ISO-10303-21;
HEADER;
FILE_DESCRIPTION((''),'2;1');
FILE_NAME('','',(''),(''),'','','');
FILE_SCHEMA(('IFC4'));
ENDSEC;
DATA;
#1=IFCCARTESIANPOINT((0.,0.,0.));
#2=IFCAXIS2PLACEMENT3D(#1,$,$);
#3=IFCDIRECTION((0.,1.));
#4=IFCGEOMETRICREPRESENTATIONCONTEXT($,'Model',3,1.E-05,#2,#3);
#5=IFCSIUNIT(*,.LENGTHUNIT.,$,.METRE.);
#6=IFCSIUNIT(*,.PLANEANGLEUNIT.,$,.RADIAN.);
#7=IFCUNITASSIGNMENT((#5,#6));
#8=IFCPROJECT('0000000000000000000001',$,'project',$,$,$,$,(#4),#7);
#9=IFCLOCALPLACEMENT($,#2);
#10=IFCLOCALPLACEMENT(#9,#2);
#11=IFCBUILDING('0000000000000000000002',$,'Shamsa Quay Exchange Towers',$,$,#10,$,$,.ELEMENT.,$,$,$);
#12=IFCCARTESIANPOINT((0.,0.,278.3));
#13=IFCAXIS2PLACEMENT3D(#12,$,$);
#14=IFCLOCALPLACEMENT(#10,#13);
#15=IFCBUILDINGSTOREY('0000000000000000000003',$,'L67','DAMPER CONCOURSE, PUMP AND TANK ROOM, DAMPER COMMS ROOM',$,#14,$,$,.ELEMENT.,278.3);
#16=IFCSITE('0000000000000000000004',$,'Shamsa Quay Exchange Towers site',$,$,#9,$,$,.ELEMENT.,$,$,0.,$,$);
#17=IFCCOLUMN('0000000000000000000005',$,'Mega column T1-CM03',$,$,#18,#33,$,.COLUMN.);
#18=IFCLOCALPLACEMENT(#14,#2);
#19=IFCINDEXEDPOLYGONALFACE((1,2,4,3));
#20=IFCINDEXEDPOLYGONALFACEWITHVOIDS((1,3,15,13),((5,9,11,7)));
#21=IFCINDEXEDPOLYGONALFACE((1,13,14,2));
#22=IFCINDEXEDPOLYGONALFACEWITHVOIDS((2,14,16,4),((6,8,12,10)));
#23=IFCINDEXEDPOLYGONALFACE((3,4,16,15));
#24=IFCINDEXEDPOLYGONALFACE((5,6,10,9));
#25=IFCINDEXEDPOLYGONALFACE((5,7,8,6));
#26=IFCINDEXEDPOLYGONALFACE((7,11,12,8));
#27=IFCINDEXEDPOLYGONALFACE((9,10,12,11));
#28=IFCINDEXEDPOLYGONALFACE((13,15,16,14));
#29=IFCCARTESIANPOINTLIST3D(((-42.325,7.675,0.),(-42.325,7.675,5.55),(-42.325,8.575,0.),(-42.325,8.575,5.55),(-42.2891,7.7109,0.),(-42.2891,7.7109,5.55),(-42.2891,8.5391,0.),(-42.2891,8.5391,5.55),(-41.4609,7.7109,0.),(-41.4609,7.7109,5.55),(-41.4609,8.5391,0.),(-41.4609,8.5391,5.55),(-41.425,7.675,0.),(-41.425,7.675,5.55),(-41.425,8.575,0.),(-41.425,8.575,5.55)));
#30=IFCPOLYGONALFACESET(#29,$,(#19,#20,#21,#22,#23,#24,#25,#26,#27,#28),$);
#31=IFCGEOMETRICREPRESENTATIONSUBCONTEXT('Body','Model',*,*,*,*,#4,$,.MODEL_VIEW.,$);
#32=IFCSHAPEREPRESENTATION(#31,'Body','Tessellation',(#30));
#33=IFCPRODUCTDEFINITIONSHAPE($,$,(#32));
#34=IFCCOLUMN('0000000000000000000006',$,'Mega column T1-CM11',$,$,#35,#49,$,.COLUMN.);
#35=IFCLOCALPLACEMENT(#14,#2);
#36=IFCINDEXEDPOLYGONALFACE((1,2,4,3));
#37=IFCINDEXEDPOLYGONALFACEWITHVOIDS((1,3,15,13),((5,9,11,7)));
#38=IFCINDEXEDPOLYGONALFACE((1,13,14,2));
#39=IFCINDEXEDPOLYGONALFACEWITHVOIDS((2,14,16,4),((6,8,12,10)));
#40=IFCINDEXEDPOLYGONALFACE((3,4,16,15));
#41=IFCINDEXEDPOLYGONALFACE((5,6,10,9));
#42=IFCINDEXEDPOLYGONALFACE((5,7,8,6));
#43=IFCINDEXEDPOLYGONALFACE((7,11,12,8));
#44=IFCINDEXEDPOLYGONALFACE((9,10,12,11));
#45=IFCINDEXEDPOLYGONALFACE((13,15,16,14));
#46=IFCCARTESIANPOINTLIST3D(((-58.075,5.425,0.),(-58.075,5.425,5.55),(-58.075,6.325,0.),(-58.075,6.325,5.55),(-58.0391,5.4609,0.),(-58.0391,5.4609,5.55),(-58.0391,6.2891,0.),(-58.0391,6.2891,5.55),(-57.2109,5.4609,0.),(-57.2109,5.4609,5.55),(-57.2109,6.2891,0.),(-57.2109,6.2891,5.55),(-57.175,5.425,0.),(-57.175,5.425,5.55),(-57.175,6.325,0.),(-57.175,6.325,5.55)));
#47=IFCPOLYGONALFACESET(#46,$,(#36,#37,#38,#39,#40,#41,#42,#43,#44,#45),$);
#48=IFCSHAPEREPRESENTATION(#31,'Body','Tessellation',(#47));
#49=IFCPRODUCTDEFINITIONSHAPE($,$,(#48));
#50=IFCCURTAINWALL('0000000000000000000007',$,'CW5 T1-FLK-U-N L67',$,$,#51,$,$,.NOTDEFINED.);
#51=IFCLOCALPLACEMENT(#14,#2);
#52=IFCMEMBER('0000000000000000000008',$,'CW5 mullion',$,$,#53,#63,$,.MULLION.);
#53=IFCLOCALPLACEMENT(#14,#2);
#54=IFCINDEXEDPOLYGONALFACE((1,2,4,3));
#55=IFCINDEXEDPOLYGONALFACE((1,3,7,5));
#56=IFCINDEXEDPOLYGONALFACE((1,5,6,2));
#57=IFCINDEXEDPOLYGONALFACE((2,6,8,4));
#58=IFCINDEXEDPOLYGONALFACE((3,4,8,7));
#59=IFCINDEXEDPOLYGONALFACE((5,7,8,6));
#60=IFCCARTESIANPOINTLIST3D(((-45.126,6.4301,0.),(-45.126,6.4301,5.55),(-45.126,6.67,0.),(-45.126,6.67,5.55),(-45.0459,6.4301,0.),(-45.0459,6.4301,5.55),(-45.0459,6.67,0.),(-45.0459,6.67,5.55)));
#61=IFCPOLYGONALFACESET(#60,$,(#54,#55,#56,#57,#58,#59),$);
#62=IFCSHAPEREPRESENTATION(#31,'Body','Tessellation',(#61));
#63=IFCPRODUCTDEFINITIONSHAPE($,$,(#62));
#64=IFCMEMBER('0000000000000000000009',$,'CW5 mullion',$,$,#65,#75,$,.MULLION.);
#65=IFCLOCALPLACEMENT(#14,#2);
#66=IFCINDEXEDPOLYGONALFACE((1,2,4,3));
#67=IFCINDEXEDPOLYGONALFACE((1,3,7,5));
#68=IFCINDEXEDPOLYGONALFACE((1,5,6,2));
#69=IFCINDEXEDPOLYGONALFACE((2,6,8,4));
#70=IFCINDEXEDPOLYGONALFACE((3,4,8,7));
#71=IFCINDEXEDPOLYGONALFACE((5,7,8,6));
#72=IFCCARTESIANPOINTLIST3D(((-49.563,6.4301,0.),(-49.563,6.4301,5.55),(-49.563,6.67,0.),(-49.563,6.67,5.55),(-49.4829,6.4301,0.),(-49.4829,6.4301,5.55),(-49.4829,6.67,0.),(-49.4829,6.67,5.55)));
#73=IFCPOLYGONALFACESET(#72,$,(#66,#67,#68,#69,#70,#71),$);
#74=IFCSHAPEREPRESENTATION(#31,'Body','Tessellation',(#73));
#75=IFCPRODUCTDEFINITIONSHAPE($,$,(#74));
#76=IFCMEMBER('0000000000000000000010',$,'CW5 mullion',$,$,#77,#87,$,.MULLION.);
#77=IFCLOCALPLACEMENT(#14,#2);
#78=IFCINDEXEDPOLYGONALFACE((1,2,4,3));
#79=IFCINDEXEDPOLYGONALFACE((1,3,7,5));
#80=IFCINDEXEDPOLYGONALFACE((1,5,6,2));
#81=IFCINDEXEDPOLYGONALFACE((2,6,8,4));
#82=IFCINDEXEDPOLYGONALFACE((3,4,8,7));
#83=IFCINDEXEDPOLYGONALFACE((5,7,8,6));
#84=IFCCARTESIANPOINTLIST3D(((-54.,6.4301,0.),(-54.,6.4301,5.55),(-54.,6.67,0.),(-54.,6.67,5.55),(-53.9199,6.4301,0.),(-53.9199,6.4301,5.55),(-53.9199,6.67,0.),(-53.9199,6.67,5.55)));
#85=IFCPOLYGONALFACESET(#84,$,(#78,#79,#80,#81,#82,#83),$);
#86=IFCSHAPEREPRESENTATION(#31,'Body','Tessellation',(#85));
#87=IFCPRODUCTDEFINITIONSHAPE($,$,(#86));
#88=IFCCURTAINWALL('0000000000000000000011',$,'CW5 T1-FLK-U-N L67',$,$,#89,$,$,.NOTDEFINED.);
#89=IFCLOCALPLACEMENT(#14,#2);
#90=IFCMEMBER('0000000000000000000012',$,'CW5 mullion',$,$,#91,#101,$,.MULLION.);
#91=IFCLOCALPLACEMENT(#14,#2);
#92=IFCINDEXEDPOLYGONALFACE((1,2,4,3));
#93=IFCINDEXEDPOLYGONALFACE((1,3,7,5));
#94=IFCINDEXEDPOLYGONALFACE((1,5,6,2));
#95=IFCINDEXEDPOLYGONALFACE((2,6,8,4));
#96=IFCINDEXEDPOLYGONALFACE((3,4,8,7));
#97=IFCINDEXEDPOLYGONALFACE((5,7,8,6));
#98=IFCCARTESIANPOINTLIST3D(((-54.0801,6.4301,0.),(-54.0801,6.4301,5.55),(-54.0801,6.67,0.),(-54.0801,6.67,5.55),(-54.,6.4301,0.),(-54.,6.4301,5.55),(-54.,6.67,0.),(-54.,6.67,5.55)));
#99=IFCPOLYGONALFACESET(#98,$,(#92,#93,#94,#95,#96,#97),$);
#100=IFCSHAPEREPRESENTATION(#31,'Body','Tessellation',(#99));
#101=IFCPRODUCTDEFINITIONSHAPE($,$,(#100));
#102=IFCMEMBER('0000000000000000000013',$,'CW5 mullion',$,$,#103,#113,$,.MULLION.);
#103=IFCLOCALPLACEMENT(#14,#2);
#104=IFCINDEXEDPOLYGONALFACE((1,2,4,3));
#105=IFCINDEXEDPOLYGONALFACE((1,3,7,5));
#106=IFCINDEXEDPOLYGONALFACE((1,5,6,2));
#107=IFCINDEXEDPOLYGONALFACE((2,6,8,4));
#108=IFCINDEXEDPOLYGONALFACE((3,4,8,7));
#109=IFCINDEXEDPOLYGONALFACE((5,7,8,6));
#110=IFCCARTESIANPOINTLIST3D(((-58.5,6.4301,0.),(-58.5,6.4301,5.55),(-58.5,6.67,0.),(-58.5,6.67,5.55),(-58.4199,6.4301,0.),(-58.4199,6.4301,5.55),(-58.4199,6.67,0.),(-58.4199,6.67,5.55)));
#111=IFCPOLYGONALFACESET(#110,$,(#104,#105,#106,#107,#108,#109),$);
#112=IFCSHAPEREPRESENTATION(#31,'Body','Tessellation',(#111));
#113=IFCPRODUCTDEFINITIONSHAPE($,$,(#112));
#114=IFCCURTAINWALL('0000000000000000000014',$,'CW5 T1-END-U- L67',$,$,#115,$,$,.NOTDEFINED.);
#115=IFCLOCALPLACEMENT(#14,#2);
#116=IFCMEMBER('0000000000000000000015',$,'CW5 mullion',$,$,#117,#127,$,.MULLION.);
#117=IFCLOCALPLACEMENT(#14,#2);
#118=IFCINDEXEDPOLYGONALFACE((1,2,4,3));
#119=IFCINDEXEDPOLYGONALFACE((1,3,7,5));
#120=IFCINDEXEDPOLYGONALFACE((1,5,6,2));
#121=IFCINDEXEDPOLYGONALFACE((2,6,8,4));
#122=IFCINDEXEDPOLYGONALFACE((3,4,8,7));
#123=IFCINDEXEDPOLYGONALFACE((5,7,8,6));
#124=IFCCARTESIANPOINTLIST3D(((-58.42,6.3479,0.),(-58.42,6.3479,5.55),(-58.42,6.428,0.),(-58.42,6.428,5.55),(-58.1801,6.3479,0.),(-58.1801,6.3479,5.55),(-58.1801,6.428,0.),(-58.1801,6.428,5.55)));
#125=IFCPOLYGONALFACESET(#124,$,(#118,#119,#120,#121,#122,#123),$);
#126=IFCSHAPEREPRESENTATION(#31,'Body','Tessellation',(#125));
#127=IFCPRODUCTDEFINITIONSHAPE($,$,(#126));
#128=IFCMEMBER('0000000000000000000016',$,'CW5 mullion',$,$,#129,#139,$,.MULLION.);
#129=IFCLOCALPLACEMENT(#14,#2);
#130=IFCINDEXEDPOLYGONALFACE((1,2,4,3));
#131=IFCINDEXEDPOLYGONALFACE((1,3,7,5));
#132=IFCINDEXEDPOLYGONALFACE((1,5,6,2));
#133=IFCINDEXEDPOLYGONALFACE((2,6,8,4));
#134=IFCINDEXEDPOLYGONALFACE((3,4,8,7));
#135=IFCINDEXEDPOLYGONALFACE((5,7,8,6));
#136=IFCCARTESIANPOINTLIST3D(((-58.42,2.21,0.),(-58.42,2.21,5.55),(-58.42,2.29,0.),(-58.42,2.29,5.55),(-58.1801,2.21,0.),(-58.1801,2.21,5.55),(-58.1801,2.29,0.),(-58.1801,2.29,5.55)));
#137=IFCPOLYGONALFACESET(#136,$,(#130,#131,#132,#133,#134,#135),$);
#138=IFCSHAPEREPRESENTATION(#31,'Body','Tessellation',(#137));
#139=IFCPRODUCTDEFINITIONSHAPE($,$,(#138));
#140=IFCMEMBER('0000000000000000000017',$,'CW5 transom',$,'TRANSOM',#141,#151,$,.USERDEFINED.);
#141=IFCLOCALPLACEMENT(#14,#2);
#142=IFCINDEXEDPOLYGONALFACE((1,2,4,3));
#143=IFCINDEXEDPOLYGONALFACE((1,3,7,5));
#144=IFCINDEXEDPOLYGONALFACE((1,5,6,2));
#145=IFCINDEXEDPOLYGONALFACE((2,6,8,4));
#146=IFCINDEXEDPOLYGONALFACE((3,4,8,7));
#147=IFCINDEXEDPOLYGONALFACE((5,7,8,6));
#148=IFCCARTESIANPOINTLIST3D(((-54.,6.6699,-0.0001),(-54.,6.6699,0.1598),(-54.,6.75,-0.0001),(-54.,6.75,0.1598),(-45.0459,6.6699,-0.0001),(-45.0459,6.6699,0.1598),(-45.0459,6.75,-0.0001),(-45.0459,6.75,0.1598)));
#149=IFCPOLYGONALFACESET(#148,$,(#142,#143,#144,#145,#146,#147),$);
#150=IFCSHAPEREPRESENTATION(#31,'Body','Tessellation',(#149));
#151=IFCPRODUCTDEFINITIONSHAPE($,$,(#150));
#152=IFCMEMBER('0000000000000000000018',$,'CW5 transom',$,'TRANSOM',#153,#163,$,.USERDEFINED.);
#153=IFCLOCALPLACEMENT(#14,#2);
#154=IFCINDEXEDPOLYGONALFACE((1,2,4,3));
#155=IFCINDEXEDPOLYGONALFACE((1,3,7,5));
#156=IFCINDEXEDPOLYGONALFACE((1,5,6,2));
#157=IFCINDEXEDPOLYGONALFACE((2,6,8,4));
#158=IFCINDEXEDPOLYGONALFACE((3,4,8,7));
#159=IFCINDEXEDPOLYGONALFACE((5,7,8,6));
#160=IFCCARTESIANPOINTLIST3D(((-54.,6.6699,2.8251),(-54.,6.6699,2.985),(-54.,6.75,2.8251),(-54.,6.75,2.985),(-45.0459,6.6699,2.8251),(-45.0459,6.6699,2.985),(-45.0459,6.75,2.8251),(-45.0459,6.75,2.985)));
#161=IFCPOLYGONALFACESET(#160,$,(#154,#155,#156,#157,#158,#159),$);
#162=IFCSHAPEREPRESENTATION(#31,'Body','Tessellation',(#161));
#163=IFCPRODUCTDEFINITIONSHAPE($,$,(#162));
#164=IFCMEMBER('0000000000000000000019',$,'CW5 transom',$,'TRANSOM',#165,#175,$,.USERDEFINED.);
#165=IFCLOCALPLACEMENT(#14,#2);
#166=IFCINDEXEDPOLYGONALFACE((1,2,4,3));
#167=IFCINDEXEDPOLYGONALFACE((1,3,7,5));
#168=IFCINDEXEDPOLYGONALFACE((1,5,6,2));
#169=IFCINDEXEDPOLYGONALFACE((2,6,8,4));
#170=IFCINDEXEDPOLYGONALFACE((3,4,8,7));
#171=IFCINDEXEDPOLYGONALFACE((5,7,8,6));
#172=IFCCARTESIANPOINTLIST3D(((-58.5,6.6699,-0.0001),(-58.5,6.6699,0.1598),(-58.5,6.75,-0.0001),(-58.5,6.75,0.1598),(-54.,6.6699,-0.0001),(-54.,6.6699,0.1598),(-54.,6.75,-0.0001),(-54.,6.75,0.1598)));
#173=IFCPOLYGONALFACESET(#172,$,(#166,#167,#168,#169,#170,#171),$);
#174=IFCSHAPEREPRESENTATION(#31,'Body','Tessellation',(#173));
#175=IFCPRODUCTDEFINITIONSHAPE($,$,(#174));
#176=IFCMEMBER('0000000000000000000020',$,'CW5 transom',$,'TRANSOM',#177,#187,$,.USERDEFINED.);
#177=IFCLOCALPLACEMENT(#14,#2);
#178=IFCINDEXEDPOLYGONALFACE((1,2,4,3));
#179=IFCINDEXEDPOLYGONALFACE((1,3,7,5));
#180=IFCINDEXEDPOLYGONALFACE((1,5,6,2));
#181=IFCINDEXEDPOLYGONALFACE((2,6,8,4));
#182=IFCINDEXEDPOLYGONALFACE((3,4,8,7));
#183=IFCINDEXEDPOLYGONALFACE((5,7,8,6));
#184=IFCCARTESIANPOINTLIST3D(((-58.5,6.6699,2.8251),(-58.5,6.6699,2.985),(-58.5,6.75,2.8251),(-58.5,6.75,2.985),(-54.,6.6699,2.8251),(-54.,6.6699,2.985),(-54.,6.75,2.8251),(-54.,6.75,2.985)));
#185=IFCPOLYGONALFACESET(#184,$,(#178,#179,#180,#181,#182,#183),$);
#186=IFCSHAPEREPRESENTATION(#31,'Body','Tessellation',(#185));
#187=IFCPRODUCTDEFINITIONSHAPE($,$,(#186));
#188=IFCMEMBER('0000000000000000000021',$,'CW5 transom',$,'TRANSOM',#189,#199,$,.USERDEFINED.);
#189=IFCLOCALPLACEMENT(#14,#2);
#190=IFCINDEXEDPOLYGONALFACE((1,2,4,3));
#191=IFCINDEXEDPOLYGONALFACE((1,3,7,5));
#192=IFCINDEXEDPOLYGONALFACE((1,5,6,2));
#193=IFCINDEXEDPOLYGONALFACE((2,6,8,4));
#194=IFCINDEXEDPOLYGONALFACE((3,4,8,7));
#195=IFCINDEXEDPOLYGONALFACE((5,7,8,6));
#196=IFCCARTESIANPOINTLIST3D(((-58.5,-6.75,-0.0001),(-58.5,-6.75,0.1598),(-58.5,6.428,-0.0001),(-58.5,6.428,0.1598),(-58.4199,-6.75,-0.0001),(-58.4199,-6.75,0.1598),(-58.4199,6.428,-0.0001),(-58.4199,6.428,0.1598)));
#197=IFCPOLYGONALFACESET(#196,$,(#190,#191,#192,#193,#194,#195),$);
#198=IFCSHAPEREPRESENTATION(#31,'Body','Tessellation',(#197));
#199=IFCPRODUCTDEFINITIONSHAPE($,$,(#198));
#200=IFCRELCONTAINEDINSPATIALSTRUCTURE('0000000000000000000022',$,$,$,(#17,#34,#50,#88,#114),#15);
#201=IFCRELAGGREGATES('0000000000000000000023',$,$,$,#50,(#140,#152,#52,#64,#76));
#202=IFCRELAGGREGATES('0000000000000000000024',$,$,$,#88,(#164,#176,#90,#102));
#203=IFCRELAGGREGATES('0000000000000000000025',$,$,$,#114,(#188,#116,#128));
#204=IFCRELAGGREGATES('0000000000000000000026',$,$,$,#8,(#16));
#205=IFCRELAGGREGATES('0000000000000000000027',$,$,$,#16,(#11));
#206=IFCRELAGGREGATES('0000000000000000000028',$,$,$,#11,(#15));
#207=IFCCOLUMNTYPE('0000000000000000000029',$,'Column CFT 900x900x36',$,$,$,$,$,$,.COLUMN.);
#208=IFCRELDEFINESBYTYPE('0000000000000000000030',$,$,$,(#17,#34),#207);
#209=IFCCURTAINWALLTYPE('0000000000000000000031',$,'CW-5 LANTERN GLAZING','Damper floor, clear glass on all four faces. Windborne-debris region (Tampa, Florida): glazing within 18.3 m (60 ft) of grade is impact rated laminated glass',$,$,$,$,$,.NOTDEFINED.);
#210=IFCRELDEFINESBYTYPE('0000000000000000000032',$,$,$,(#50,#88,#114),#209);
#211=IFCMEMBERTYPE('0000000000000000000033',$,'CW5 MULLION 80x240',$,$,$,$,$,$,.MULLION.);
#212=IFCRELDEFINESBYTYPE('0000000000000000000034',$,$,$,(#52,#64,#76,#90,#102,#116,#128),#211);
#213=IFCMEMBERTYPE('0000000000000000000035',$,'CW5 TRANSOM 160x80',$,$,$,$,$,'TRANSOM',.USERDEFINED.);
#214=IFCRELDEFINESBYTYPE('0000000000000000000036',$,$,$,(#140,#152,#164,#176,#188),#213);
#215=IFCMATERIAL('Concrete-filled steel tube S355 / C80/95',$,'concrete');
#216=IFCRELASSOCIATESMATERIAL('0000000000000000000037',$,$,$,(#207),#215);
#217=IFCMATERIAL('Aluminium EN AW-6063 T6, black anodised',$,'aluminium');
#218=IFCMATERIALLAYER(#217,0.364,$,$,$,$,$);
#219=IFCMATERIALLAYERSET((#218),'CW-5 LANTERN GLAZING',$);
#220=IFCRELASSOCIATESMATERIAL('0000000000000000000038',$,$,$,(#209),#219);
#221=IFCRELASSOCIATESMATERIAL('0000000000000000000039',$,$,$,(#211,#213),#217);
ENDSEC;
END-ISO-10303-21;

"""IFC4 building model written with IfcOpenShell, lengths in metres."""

from ifc_helpers import new_model, si_unit, direction, frame, origin, origin_2d, place, context, subcontext, project, spatial, rectangle, hollow_rectangle, extrude, material, layer, layer_set, material_profile, profile_set, type_object, element, aggregate, save


model = new_model("IFC4")

# Units and contexts
model_context = context("Model", 3, precision=1e-05, world=origin(), true_north=direction((0.0, 1.0)))
body_context = subcontext(model_context, "Body", "Model", "MODEL_VIEW")
ifc_project = project(units=[si_unit("LENGTHUNIT", "METRE"), si_unit("PLANEANGLEUNIT", "RADIAN")], contexts=[model_context])

# Site, building, storey
site_placement = place(None, origin())
site = spatial("IfcSite", under=ifc_project, at=site_placement, Name="Shamsa Quay Exchange Towers site", CompositionType="ELEMENT", RefElevation=0.0)
building_placement = place(site_placement, origin())
building = spatial("IfcBuilding", under=site, at=building_placement, Name="Shamsa Quay Exchange Towers", CompositionType="ELEMENT")
storey_placement = place(building_placement, frame((0.0, 0.0, 278.3)))
storey = spatial("IfcBuildingStorey", under=building, at=storey_placement, Name="L67", Description="DAMPER CONCOURSE, PUMP AND TANK ROOM, DAMPER COMMS ROOM", CompositionType="ELEMENT", Elevation=278.3)

# Columns
ifc_material_1 = material(Name="Concrete-filled steel tube S355 / C80/95", Category="concrete")
ifc_material_profile_1 = material_profile(ifc_material_1, hollow_rectangle(XDim=0.8999, YDim=0.8999, WallThickness=0.0359, at=origin_2d()), Name="CFT 900x900x36")
ifc_profile_set_1 = profile_set([ifc_material_profile_1], Name="Concrete-filled steel tube S355 / C80/95")
column_type = type_object("IfcColumnType", Name="Column CFT 900x900x36", PredefinedType="COLUMN", material=ifc_profile_set_1)
for number, where, name in (
    (1, (-41.875, 8.125, 0.0), "Mega column T1-CM03"),
    (2, (-57.625, 5.875, 0.0), "Mega column T1-CM11"),
):
    element("IfcColumn", number, at=place(storey_placement, frame(where)), inside=storey, type_object=column_type, Name=name, PredefinedType="COLUMN", context=body_context, shape_type="SweptSolid", body=[
        extrude(hollow_rectangle(XDim=0.8999, YDim=0.8999, WallThickness=0.0359, at=origin_2d()), origin(), (0.0, 0.0, 1.0), 5.55),
    ])

# Curtain walls, members
ifc_material_2 = material(Name="Aluminium EN AW-6063 T6, black anodised", Category="aluminium")
ifc_layer_1 = layer(ifc_material_2, 0.364)
ifc_layer_set_1 = layer_set([ifc_layer_1], Name="CW-5 LANTERN GLAZING")
curtain_wall_type = type_object("IfcCurtainWallType", Name="CW-5 LANTERN GLAZING", Description="Damper floor, clear glass on all four faces. Windborne-debris region (Tampa, Florida): glazing within 18.3 m (60 ft) of grade is impact rated laminated glass", PredefinedType="NOTDEFINED", material=ifc_layer_set_1)
curtain_wall_1_placement = place(storey_placement, origin())
curtain_wall_1 = element("IfcCurtainWall", 3, at=curtain_wall_1_placement, inside=storey, type_object=curtain_wall_type, Name="CW5 T1-FLK-U-N L67", PredefinedType="NOTDEFINED")
ifc_material_profile_2 = material_profile(ifc_material_2, rectangle(XDim=0.24, YDim=0.0801, at=origin_2d()), Name="MU80x240")
ifc_profile_set_2 = profile_set([ifc_material_profile_2], Name="Aluminium EN AW-6063 T6, black anodised")
member_type_1 = type_object("IfcMemberType", Name="CW5 MULLION 80x240", PredefinedType="MULLION", material=ifc_profile_set_2)
member_1_placement = place(storey_placement, frame((-45.0859, 6.55, 0.0), z_axis=(0.0, 0.0, 1.0), x_axis=(0.0, -1.0, 0.0)))
member_1 = element("IfcMember", 4, at=member_1_placement, type_object=member_type_1, Name="CW5 mullion", PredefinedType="MULLION", context=body_context, shape_type="SweptSolid", body=[
    extrude(rectangle(XDim=0.24, YDim=0.0801, at=origin_2d()), origin(), (0.0, 0.0, 1.0), 5.55),
])
member_2_placement = place(storey_placement, frame((-49.5229, 6.55, 0.0), z_axis=(0.0, 0.0, 1.0), x_axis=(0.0, -1.0, 0.0)))
member_2 = element("IfcMember", 5, at=member_2_placement, type_object=member_type_1, Name="CW5 mullion", PredefinedType="MULLION", context=body_context, shape_type="SweptSolid", body=[
    extrude(rectangle(XDim=0.24, YDim=0.0801, at=origin_2d()), origin(), (0.0, 0.0, 1.0), 5.55),
])
member_3_placement = place(storey_placement, frame((-53.96, 6.55, 0.0), z_axis=(0.0, 0.0, 1.0), x_axis=(0.0, -1.0, 0.0)))
member_3 = element("IfcMember", 6, at=member_3_placement, type_object=member_type_1, Name="CW5 mullion", PredefinedType="MULLION", context=body_context, shape_type="SweptSolid", body=[
    extrude(rectangle(XDim=0.24, YDim=0.0801, at=origin_2d()), origin(), (0.0, 0.0, 1.0), 5.55),
])
curtain_wall_2_placement = place(storey_placement, origin())
curtain_wall_2 = element("IfcCurtainWall", 7, at=curtain_wall_2_placement, inside=storey, type_object=curtain_wall_type, Name="CW5 T1-FLK-U-N L67", PredefinedType="NOTDEFINED")
member_4_placement = place(storey_placement, frame((-54.04, 6.55, 0.0), z_axis=(0.0, 0.0, 1.0), x_axis=(0.0, -1.0, 0.0)))
member_4 = element("IfcMember", 8, at=member_4_placement, type_object=member_type_1, Name="CW5 mullion", PredefinedType="MULLION", context=body_context, shape_type="SweptSolid", body=[
    extrude(rectangle(XDim=0.24, YDim=0.0801, at=origin_2d()), origin(), (0.0, 0.0, 1.0), 5.55),
])
member_5_placement = place(storey_placement, frame((-58.46, 6.55, 0.0), z_axis=(0.0, 0.0, 1.0), x_axis=(0.0, -1.0, 0.0)))
member_5 = element("IfcMember", 9, at=member_5_placement, type_object=member_type_1, Name="CW5 mullion", PredefinedType="MULLION", context=body_context, shape_type="SweptSolid", body=[
    extrude(rectangle(XDim=0.24, YDim=0.0801, at=origin_2d()), origin(), (0.0, 0.0, 1.0), 5.55),
])
curtain_wall_3_placement = place(storey_placement, origin())
curtain_wall_3 = element("IfcCurtainWall", 10, at=curtain_wall_3_placement, inside=storey, type_object=curtain_wall_type, Name="CW5 T1-END-U- L67", PredefinedType="NOTDEFINED")
member_6_placement = place(storey_placement, frame((-58.3, 6.3879, 0.0)))
member_6 = element("IfcMember", 11, at=member_6_placement, type_object=member_type_1, Name="CW5 mullion", PredefinedType="MULLION", context=body_context, shape_type="SweptSolid", body=[
    extrude(rectangle(XDim=0.24, YDim=0.0801, at=origin_2d()), origin(), (0.0, 0.0, 1.0), 5.55),
])
member_7_placement = place(storey_placement, frame((-58.3, 2.25, 0.0)))
member_7 = element("IfcMember", 12, at=member_7_placement, type_object=member_type_1, Name="CW5 mullion", PredefinedType="MULLION", context=body_context, shape_type="SweptSolid", body=[
    extrude(rectangle(XDim=0.24, YDim=0.0801, at=origin_2d()), origin(), (0.0, 0.0, 1.0), 5.55),
])

# Members
ifc_material_profile_3 = material_profile(ifc_material_2, rectangle(XDim=0.0801, YDim=0.1599, at=origin_2d()), Name="TR160x80")
ifc_profile_set_3 = profile_set([ifc_material_profile_3], Name="Aluminium EN AW-6063 T6, black anodised")
member_type_2 = type_object("IfcMemberType", Name="CW5 TRANSOM 160x80", ElementType="TRANSOM", PredefinedType="USERDEFINED", material=ifc_profile_set_3)
member_8_placement = place(storey_placement, frame((-45.0459, 6.71, 0.0798), z_axis=(-1.0, 0.0, 0.0), x_axis=(0.0, -1.0, 0.0)))
member_8 = element("IfcMember", 13, at=member_8_placement, type_object=member_type_2, Name="CW5 transom", ObjectType="TRANSOM", PredefinedType="USERDEFINED", context=body_context, shape_type="SweptSolid", body=[
    extrude(rectangle(XDim=0.0801, YDim=0.1599, at=origin_2d()), origin(), (0.0, 0.0, 1.0), 8.9541),
])
member_9_placement = place(storey_placement, frame((-45.0459, 6.71, 2.905), z_axis=(-1.0, 0.0, 0.0), x_axis=(0.0, -1.0, 0.0)))
member_9 = element("IfcMember", 14, at=member_9_placement, type_object=member_type_2, Name="CW5 transom", ObjectType="TRANSOM", PredefinedType="USERDEFINED", context=body_context, shape_type="SweptSolid", body=[
    extrude(rectangle(XDim=0.0801, YDim=0.1599, at=origin_2d()), origin(), (0.0, 0.0, 1.0), 8.9541),
])
member_10_placement = place(storey_placement, frame((-54.0, 6.71, 0.0798), z_axis=(-1.0, 0.0, 0.0), x_axis=(0.0, -1.0, 0.0)))
member_10 = element("IfcMember", 15, at=member_10_placement, type_object=member_type_2, Name="CW5 transom", ObjectType="TRANSOM", PredefinedType="USERDEFINED", context=body_context, shape_type="SweptSolid", body=[
    extrude(rectangle(XDim=0.0801, YDim=0.1599, at=origin_2d()), origin(), (0.0, 0.0, 1.0), 4.5),
])
member_11_placement = place(storey_placement, frame((-54.0, 6.71, 2.905), z_axis=(-1.0, 0.0, 0.0), x_axis=(0.0, -1.0, 0.0)))
member_11 = element("IfcMember", 16, at=member_11_placement, type_object=member_type_2, Name="CW5 transom", ObjectType="TRANSOM", PredefinedType="USERDEFINED", context=body_context, shape_type="SweptSolid", body=[
    extrude(rectangle(XDim=0.0801, YDim=0.1599, at=origin_2d()), origin(), (0.0, 0.0, 1.0), 4.5),
])
member_12_placement = place(storey_placement, frame((-58.46, 6.428, 0.0798), z_axis=(0.0, -1.0, 0.0), x_axis=(1.0, 0.0, 0.0)))
member_12 = element("IfcMember", 17, at=member_12_placement, type_object=member_type_2, Name="CW5 transom", ObjectType="TRANSOM", PredefinedType="USERDEFINED", context=body_context, shape_type="SweptSolid", body=[
    extrude(rectangle(XDim=0.0801, YDim=0.1599, at=origin_2d()), origin(), (0.0, 0.0, 1.0), 13.178),
])

aggregate(curtain_wall_1, [member_8, member_9, member_1, member_2, member_3])
aggregate(curtain_wall_2, [member_10, member_11, member_4, member_5])
aggregate(curtain_wall_3, [member_12, member_6, member_7])

save(model, "model.ifc")
